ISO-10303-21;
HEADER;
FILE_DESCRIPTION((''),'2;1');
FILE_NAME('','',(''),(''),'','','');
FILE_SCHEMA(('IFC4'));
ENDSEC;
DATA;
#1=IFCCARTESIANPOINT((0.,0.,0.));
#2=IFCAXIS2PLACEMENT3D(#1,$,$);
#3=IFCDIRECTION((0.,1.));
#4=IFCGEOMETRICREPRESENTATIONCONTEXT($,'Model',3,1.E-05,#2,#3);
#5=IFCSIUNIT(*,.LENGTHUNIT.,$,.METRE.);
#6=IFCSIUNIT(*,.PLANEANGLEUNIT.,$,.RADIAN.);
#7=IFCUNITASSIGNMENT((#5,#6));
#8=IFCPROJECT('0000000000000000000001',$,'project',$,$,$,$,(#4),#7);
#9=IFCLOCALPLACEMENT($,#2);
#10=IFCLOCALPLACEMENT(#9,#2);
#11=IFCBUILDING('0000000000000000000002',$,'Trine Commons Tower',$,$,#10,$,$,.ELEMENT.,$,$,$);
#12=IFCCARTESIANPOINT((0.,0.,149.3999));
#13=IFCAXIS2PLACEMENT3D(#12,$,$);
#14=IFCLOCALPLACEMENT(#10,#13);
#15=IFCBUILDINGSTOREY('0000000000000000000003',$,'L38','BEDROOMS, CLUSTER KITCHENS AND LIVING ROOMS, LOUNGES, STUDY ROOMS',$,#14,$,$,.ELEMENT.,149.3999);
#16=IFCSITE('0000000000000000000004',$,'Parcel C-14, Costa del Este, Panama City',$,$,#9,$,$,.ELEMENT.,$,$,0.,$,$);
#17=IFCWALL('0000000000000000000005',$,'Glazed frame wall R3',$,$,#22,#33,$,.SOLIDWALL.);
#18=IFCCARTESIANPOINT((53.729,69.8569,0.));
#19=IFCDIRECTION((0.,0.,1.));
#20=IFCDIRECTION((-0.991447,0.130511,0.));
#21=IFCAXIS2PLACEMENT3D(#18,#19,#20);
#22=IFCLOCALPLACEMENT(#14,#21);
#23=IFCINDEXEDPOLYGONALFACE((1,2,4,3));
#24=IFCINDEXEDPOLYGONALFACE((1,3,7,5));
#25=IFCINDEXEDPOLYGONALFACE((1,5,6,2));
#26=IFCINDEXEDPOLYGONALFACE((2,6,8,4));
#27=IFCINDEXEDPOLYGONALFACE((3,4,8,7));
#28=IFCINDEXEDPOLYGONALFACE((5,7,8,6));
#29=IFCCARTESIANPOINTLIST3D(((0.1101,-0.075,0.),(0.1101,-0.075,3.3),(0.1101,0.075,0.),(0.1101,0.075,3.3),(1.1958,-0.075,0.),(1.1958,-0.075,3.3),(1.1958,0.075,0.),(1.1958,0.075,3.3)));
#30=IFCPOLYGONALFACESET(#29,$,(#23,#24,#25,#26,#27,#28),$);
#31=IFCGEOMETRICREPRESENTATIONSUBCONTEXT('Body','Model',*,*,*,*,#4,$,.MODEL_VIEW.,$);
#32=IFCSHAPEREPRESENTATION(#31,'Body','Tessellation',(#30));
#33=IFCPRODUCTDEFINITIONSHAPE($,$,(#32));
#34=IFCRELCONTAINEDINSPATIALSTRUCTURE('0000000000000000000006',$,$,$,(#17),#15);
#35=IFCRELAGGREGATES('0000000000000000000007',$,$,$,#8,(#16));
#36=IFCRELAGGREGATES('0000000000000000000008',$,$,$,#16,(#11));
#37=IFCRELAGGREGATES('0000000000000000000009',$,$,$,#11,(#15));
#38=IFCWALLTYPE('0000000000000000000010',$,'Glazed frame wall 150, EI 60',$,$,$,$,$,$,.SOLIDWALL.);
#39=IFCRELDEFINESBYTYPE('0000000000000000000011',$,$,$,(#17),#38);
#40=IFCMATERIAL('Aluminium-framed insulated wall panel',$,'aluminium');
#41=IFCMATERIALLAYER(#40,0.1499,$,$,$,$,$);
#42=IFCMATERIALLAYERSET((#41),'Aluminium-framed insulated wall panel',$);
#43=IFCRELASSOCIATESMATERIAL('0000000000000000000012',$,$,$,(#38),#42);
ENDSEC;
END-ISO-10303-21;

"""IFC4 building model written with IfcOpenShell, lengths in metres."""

from ifc_helpers import new_model, si_unit, direction, frame, origin, place, context, subcontext, project, spatial, polyline, outline, extrude, material, layer, layer_set, type_object, element, save


model = new_model("IFC4")

# Units and contexts
model_context = context("Model", 3, precision=1e-05, world=origin(), true_north=direction((0.0, 1.0)))
body_context = subcontext(model_context, "Body", "Model", "MODEL_VIEW")
ifc_project = project(units=[si_unit("LENGTHUNIT", "METRE"), si_unit("PLANEANGLEUNIT", "RADIAN")], contexts=[model_context])

# Site, building, storey
site_placement = place(None, origin())
site = spatial("IfcSite", under=ifc_project, at=site_placement, Name="Parcel C-14, Costa del Este, Panama City", CompositionType="ELEMENT", RefElevation=0.0)
building_placement = place(site_placement, origin())
building = spatial("IfcBuilding", under=site, at=building_placement, Name="Trine Commons Tower", CompositionType="ELEMENT")
storey_placement = place(building_placement, frame((0.0, 0.0, 149.3999)))
storey = spatial("IfcBuildingStorey", under=building, at=storey_placement, Name="L38", Description="BEDROOMS, CLUSTER KITCHENS AND LIVING ROOMS, LOUNGES, STUDY ROOMS", CompositionType="ELEMENT", Elevation=149.3999)

# Shared definitions
ifc_material_1 = material(Name="Aluminium-framed insulated wall panel", Category="aluminium")
ifc_layer_1 = layer(ifc_material_1, 0.1499)
ifc_layer_set_1 = layer_set([ifc_layer_1], Name="Aluminium-framed insulated wall panel")
wall_type_1 = type_object("IfcWallType", Name="Glazed frame wall 150, EI 60", PredefinedType="SOLIDWALL", material=ifc_layer_set_1)

# Wall
wall_1_placement = place(storey_placement, frame((53.729, 69.8569, 0.0), z_axis=(0.0, 0.0, 1.0), x_axis=(-0.991447, 0.130511, 0.0)))
element("IfcWall", 1, at=wall_1_placement, inside=storey, type_object=wall_type_1, Name="Glazed frame wall R3", PredefinedType="SOLIDWALL", context=body_context, shape_type="SweptSolid", body=[
    extrude(outline(polyline([(0.1101, 0.075), (0.1101, -0.075), (1.1958, -0.075), (1.1958, 0.075), (0.1101, 0.075)])), origin(), (0.0, 0.0, 1.0), 3.3),
])

save(model, "model.ifc")
